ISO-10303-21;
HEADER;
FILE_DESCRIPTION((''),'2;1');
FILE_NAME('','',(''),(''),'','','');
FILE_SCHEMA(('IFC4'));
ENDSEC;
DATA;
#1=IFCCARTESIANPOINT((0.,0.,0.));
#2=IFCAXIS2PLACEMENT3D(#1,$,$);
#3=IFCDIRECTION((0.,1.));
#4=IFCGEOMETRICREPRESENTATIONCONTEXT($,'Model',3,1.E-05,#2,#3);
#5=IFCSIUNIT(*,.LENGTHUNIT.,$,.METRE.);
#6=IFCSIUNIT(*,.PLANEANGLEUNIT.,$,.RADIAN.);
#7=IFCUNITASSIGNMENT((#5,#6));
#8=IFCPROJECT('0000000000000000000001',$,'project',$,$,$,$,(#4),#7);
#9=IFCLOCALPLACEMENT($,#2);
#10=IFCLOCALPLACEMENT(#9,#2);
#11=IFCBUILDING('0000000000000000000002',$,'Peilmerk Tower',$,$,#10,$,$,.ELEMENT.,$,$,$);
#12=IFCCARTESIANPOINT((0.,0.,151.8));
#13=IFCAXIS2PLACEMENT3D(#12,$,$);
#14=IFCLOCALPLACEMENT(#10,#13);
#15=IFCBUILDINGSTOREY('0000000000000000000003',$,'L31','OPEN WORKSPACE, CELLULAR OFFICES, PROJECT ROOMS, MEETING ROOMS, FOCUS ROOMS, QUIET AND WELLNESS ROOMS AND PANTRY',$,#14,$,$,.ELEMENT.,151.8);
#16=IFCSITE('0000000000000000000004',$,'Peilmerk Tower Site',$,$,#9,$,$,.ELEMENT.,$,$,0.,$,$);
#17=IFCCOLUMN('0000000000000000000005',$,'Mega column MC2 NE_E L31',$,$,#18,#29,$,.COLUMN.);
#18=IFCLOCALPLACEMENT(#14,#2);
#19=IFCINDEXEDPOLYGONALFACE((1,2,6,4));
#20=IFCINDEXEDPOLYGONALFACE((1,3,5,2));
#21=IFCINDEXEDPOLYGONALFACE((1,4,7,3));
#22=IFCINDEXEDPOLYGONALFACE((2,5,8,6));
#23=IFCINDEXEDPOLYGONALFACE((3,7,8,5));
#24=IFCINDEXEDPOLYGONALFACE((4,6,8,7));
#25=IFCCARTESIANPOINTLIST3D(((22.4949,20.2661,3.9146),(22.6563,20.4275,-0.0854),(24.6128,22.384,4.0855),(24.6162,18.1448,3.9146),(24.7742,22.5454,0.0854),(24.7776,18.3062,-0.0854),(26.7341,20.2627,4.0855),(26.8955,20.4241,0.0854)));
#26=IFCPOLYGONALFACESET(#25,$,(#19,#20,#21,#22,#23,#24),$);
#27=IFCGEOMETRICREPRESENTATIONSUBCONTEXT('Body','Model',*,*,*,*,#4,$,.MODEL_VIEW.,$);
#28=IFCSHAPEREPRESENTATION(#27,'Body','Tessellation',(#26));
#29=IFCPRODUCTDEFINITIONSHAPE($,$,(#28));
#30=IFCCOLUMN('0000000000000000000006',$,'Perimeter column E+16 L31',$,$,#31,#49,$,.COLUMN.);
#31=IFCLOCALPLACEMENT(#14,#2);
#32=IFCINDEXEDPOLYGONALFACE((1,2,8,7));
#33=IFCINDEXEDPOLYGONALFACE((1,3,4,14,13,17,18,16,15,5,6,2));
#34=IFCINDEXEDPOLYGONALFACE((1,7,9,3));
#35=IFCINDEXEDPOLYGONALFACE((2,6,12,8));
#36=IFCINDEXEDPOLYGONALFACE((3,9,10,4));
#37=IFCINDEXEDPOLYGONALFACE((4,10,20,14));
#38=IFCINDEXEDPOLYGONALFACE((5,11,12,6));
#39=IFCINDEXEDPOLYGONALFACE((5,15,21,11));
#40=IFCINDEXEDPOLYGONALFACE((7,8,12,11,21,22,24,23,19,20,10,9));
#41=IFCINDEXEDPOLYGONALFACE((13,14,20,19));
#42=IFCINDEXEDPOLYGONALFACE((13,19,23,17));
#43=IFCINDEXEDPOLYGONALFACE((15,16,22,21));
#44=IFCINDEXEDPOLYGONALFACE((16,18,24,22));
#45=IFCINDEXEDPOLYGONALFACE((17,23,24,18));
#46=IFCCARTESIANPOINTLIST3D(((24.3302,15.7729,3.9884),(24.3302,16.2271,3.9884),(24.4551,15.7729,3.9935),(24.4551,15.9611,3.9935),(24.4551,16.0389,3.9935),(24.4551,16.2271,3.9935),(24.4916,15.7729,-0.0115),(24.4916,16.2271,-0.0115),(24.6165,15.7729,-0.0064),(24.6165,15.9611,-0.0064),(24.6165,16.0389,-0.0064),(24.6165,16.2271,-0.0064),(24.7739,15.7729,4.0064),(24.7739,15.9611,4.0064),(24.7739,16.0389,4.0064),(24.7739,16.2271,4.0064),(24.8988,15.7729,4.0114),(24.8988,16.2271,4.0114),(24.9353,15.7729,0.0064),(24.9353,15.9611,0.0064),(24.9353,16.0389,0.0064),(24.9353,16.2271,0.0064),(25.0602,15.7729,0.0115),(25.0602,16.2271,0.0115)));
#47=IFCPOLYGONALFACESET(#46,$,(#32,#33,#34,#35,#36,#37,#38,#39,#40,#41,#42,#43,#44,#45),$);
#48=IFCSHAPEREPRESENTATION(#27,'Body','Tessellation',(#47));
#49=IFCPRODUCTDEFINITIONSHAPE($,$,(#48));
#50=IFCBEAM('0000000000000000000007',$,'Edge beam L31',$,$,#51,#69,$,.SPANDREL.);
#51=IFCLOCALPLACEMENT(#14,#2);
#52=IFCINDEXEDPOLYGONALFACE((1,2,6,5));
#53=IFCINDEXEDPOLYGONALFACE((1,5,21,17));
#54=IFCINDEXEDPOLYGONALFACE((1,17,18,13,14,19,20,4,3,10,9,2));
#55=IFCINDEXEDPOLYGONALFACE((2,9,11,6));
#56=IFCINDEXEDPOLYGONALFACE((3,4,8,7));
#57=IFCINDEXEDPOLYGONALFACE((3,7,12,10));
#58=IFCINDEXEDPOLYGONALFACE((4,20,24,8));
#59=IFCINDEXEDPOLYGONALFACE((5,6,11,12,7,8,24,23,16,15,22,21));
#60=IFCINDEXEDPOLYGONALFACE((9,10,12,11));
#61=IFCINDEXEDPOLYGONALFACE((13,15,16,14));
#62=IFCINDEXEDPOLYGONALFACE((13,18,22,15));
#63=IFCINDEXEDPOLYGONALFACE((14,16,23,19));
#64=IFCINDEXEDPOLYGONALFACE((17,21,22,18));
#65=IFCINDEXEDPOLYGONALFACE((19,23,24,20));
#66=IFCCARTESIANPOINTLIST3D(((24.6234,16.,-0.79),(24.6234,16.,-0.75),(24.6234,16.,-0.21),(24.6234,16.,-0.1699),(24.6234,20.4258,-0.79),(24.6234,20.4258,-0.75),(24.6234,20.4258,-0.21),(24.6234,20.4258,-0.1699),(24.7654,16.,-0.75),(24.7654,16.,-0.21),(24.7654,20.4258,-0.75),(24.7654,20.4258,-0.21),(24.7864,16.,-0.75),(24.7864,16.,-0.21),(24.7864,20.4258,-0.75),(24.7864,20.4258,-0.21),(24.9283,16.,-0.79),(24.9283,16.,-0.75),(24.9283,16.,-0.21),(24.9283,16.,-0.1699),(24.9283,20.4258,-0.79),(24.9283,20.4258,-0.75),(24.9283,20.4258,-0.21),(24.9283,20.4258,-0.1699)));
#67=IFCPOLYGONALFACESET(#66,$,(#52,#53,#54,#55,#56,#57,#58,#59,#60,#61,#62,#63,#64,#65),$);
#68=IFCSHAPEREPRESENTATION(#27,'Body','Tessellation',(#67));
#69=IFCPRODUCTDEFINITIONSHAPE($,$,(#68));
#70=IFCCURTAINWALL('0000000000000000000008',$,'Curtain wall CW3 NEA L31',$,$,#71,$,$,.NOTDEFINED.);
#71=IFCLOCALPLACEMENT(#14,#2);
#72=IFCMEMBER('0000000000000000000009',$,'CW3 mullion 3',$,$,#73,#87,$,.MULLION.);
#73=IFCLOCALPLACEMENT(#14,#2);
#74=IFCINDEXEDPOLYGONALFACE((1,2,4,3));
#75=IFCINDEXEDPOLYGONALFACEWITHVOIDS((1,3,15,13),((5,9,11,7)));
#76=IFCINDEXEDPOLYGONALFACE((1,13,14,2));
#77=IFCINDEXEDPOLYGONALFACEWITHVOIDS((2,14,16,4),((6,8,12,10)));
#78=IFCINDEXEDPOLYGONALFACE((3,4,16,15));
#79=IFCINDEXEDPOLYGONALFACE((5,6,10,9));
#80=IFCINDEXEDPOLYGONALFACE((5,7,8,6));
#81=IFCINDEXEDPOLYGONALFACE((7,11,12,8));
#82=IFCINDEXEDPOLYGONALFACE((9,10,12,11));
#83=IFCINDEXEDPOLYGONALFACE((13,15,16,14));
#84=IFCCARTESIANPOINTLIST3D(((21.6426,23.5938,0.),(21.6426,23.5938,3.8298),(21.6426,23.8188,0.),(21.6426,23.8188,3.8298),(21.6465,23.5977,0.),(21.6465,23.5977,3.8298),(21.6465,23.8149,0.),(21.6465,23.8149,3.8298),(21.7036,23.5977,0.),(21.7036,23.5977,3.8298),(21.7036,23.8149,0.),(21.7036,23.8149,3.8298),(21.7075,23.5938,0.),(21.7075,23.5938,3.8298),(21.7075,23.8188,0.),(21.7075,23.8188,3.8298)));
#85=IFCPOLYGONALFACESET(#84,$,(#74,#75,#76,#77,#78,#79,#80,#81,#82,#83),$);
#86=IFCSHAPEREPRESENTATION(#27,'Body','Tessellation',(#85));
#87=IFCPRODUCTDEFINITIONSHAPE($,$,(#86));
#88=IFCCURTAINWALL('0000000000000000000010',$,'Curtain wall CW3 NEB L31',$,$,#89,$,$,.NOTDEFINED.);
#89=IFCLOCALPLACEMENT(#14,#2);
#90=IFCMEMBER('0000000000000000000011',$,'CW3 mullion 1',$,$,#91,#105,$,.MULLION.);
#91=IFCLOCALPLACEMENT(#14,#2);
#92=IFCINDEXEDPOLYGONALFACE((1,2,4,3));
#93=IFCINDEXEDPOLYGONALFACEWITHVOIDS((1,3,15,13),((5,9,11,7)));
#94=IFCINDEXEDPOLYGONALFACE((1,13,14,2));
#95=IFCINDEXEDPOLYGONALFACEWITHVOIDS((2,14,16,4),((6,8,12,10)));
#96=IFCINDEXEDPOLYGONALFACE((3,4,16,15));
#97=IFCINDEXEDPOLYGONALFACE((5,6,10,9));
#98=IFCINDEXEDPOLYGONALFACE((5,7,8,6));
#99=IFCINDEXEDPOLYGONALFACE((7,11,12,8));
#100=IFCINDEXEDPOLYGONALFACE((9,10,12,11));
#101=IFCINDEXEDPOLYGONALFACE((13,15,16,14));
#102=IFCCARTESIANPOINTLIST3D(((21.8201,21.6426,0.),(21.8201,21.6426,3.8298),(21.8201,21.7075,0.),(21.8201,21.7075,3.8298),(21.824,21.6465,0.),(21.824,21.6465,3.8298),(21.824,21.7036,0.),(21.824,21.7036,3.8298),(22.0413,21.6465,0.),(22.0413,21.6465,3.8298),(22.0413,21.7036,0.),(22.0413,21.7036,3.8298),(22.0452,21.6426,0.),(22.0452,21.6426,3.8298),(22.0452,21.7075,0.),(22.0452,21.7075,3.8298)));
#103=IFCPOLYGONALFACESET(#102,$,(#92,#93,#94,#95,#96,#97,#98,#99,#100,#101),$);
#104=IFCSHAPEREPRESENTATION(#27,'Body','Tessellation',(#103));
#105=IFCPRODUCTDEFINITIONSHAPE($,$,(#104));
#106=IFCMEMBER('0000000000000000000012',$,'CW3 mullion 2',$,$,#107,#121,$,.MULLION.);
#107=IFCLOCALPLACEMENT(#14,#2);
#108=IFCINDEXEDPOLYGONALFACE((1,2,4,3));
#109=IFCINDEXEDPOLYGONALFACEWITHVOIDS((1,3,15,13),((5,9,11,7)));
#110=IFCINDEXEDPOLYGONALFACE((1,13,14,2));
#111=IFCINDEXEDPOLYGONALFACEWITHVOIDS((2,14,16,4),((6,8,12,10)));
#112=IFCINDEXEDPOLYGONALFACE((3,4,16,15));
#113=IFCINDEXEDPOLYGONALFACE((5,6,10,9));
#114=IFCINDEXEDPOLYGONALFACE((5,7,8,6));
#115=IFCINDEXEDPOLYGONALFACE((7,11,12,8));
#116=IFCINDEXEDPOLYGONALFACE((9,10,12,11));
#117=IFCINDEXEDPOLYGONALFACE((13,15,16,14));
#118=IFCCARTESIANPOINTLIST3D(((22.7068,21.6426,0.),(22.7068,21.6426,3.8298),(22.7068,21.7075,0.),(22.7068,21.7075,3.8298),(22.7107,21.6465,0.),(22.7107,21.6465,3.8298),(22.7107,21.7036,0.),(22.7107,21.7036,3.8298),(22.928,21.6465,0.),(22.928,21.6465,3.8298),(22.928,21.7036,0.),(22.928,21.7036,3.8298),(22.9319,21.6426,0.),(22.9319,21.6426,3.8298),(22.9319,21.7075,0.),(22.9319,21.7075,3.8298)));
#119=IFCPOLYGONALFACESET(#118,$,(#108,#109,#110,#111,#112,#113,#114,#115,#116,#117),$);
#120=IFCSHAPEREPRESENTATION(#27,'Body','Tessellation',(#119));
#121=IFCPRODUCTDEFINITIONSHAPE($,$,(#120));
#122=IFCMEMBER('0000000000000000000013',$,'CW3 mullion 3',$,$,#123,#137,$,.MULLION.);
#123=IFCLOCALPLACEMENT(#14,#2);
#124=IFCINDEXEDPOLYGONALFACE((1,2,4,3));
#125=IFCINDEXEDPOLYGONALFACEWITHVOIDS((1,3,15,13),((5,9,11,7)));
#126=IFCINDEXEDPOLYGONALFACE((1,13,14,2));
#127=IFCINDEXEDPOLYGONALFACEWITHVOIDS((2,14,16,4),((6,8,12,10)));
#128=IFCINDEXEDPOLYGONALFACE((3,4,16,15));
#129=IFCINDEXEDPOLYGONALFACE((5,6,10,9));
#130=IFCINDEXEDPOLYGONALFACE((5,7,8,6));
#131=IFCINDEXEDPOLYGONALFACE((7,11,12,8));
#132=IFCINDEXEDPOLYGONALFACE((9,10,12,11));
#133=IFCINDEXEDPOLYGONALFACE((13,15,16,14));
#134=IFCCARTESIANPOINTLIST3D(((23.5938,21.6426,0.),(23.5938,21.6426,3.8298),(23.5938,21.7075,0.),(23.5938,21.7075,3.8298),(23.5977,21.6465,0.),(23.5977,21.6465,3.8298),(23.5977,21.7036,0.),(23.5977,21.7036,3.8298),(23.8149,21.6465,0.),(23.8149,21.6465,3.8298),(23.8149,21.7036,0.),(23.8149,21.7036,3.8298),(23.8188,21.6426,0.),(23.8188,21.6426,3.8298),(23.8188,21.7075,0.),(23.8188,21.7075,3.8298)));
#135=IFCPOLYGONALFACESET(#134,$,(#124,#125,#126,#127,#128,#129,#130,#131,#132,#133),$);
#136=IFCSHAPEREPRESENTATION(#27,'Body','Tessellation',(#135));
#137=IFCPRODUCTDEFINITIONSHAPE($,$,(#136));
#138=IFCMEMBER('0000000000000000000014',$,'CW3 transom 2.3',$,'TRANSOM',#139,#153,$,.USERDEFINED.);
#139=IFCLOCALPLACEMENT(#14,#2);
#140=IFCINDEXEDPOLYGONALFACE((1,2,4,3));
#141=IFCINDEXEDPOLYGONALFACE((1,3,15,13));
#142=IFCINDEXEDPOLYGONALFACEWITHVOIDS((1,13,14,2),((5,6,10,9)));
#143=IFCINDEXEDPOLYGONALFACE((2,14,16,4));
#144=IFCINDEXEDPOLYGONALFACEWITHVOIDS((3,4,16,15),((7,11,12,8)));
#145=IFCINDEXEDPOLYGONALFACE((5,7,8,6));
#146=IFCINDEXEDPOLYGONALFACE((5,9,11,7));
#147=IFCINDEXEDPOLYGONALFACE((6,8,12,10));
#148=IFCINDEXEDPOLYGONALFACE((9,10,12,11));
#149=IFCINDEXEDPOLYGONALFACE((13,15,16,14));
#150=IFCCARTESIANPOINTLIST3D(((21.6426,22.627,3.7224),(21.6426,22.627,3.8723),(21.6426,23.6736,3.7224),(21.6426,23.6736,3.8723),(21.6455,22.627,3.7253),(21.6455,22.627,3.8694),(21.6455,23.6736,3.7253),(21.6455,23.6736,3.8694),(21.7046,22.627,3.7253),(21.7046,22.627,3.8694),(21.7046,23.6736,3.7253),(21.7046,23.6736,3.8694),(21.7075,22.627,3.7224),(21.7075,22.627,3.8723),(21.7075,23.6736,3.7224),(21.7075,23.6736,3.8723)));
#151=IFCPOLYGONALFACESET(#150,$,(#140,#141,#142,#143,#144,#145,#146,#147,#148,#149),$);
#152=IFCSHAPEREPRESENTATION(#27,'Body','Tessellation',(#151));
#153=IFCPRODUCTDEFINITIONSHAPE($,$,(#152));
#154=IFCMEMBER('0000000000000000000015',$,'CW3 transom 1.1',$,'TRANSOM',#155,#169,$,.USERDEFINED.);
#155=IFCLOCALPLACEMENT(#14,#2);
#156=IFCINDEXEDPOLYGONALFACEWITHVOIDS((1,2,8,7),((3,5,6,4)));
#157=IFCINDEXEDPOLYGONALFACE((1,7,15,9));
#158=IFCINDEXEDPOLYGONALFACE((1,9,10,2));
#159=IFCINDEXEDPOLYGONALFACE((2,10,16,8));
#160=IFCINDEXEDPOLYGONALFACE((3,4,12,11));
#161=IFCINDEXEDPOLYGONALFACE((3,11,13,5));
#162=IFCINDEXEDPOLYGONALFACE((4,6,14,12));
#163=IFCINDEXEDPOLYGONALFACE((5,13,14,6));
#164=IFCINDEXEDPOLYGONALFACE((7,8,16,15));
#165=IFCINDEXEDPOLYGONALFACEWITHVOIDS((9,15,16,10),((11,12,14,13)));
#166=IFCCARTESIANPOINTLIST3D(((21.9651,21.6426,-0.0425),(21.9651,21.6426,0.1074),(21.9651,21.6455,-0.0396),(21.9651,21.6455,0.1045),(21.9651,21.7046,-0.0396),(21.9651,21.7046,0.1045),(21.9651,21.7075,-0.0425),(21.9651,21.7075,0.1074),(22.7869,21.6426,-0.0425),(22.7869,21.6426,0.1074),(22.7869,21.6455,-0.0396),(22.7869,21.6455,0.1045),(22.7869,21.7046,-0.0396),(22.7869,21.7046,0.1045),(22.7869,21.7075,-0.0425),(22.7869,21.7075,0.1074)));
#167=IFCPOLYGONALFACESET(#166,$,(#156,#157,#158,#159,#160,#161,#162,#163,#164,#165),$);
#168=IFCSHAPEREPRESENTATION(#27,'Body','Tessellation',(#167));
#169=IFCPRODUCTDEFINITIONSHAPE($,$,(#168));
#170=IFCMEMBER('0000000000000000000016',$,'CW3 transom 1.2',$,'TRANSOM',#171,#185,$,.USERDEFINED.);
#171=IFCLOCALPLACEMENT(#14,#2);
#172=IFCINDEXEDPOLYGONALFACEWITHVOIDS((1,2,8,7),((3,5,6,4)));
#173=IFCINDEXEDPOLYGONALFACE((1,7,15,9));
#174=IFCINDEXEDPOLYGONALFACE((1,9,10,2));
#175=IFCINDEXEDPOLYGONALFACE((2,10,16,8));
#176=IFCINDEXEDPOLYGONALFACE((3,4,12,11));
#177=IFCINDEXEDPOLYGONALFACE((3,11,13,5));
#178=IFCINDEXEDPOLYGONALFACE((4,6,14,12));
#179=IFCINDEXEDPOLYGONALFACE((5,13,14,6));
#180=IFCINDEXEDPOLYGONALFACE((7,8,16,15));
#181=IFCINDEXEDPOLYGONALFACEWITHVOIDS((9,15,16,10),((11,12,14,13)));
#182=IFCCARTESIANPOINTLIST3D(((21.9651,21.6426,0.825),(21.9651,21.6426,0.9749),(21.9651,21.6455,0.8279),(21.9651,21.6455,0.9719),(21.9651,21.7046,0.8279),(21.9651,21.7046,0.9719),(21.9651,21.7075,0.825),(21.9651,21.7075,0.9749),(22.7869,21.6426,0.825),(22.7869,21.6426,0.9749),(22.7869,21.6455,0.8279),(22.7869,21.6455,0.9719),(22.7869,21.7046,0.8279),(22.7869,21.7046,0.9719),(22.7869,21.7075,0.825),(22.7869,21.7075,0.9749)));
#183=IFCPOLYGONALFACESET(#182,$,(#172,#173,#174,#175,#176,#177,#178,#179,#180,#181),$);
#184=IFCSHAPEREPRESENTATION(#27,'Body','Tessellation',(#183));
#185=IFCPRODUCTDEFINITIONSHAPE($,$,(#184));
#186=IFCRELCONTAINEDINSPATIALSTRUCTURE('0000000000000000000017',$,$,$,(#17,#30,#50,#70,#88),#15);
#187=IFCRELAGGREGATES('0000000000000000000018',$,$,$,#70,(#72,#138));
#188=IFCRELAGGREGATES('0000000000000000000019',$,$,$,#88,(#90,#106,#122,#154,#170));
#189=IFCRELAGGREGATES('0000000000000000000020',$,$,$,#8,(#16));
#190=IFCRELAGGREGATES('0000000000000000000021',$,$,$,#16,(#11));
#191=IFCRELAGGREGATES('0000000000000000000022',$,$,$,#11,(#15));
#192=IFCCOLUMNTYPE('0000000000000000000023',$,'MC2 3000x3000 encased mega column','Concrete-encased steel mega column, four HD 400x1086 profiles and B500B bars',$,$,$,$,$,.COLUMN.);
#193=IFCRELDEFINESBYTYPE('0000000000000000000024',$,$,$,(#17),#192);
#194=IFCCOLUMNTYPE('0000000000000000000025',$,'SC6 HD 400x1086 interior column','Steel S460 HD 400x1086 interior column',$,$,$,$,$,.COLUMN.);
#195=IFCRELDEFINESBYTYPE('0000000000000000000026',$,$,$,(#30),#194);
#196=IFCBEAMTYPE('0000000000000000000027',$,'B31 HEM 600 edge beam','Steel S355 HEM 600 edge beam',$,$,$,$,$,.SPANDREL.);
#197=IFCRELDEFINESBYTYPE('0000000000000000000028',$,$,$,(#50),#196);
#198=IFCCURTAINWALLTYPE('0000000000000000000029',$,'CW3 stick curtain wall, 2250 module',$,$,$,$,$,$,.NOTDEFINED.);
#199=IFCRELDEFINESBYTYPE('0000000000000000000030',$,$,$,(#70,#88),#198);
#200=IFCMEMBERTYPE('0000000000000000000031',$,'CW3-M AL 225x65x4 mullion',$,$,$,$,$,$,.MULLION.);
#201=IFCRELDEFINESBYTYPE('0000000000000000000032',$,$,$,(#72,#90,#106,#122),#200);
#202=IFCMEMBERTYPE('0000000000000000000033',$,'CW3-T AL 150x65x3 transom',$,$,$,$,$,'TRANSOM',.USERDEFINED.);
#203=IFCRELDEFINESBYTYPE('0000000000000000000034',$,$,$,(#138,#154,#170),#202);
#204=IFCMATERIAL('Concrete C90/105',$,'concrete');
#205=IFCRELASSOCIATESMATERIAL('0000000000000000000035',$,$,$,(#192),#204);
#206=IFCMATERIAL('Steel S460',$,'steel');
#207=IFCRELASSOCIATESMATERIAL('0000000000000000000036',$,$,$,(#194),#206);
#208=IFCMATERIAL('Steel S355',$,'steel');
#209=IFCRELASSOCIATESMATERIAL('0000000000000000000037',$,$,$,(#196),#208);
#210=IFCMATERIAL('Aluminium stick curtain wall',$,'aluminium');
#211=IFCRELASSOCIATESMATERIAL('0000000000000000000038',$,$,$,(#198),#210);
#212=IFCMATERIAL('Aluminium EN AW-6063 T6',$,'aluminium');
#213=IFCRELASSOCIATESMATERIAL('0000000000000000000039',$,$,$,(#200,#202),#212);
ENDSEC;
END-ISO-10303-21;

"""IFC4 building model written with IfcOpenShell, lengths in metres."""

from ifc_helpers import new_model, si_unit, direction, frame, origin, origin_2d, place, context, subcontext, project, spatial, rectangle, hollow_rectangle, i_section, extrude, material, material_profile, profile_set, type_object, element, aggregate, save


model = new_model("IFC4")

# Units and contexts
model_context = context("Model", 3, precision=1e-05, world=origin(), true_north=direction((0.0, 1.0)))
body_context = subcontext(model_context, "Body", "Model", "MODEL_VIEW")
ifc_project = project(units=[si_unit("LENGTHUNIT", "METRE"), si_unit("PLANEANGLEUNIT", "RADIAN")], contexts=[model_context])

# Site, building, storey
site_placement = place(None, origin())
site = spatial("IfcSite", under=ifc_project, at=site_placement, Name="Peilmerk Tower Site", CompositionType="ELEMENT", RefElevation=0.0)
building_placement = place(site_placement, origin())
building = spatial("IfcBuilding", under=site, at=building_placement, Name="Peilmerk Tower", CompositionType="ELEMENT")
storey_placement = place(building_placement, frame((0.0, 0.0, 151.8)))
storey = spatial("IfcBuildingStorey", under=building, at=storey_placement, Name="L31", Description="OPEN WORKSPACE, CELLULAR OFFICES, PROJECT ROOMS, MEETING ROOMS, FOCUS ROOMS, QUIET AND WELLNESS ROOMS AND PANTRY", CompositionType="ELEMENT", Elevation=151.8)

# Columns
ifc_material_1 = material(Name="Concrete C90/105", Category="concrete")
ifc_material_profile_1 = material_profile(ifc_material_1, rectangle(XDim=3.0, YDim=3.0, at=origin_2d()), Name="RC 3000x3000")
ifc_profile_set_1 = profile_set([ifc_material_profile_1], Name="Concrete C90/105")
column_type_1 = type_object("IfcColumnType", Name="MC2 3000x3000 encased mega column", Description="Concrete-encased steel mega column, four HD 400x1086 profiles and B500B bars", PredefinedType="COLUMN", material=ifc_profile_set_1)
column_1_placement = place(storey_placement, frame((24.7759, 20.4258, 0.0), z_axis=(-0.040279, -0.040279, 0.998376), x_axis=(0.707107, -0.707107, 0.0)))
element("IfcColumn", 1, at=column_1_placement, inside=storey, type_object=column_type_1, Name="Mega column MC2 NE_E L31", PredefinedType="COLUMN", context=body_context, shape_type="SweptSolid", body=[
    extrude(rectangle(XDim=3.0, YDim=3.0, at=origin_2d()), origin(), (0.0, 0.0, 1.0), 4.0066),
])
ifc_material_2 = material(Name="Steel S460", Category="steel")
ifc_material_profile_2 = material_profile(ifc_material_2, i_section(OverallWidth=0.4541, OverallDepth=0.5691, WebThickness=0.0779, FlangeThickness=0.125, at=origin_2d()), Name="HD 400x1086")
ifc_profile_set_2 = profile_set([ifc_material_profile_2], Name="Steel S460")
column_type_2 = type_object("IfcColumnType", Name="SC6 HD 400x1086 interior column", Description="Steel S460 HD 400x1086 interior column", PredefinedType="COLUMN", material=ifc_profile_set_2)
column_2_placement = place(storey_placement, frame((24.7759, 16.0, 0.0), z_axis=(-0.040311, 0.0, 0.999187), x_axis=(0.0, -1.0, 0.0)))
element("IfcColumn", 2, at=column_2_placement, inside=storey, type_object=column_type_2, Name="Perimeter column E+16 L31", PredefinedType="COLUMN", context=body_context, shape_type="SweptSolid", body=[
    extrude(i_section(OverallWidth=0.4541, OverallDepth=0.5691, WebThickness=0.0779, FlangeThickness=0.125, at=origin_2d()), origin(), (0.0, 0.0, 1.0), 4.0032),
])

# Beam
ifc_material_3 = material(Name="Steel S355", Category="steel")
ifc_material_profile_3 = material_profile(ifc_material_3, i_section(OverallWidth=0.3049, OverallDepth=0.6201, WebThickness=0.021, FlangeThickness=0.04, at=origin_2d()), Name="HEM 600")
ifc_profile_set_3 = profile_set([ifc_material_profile_3], Name="Steel S355")
beam_type = type_object("IfcBeamType", Name="B31 HEM 600 edge beam", Description="Steel S355 HEM 600 edge beam", PredefinedType="SPANDREL", material=ifc_profile_set_3)
beam_placement = place(storey_placement, frame((24.7759, 16.0, -0.48), z_axis=(0.0, 1.0, 0.0), x_axis=(-1.0, 0.0, 0.0)))
element("IfcBeam", 3, at=beam_placement, inside=storey, type_object=beam_type, Name="Edge beam L31", PredefinedType="SPANDREL", context=body_context, shape_type="SweptSolid", body=[
    extrude(i_section(OverallWidth=0.3049, OverallDepth=0.6201, WebThickness=0.021, FlangeThickness=0.04, at=origin_2d()), origin(), (0.0, 0.0, 1.0), 4.4258),
])

# Curtain wall, member
ifc_material_4 = material(Name="Aluminium stick curtain wall", Category="aluminium")
curtain_wall_type = type_object("IfcCurtainWallType", Name="CW3 stick curtain wall, 2250 module", PredefinedType="NOTDEFINED", material=ifc_material_4)
curtain_wall_1_placement = place(storey_placement, origin())
curtain_wall_1 = element("IfcCurtainWall", 4, at=curtain_wall_1_placement, inside=storey, type_object=curtain_wall_type, Name="Curtain wall CW3 NEA L31", PredefinedType="NOTDEFINED")
ifc_material_5 = material(Name="Aluminium EN AW-6063 T6", Category="aluminium")
ifc_material_profile_4 = material_profile(ifc_material_5, hollow_rectangle(XDim=0.0649, YDim=0.2251, WallThickness=0.0039, at=origin_2d()), Name="AL 225x65x4")
ifc_profile_set_4 = profile_set([ifc_material_profile_4], Name="Aluminium EN AW-6063 T6")
member_type_1 = type_object("IfcMemberType", Name="CW3-M AL 225x65x4 mullion", PredefinedType="MULLION", material=ifc_profile_set_4)
member_1_placement = place(storey_placement, frame((21.675, 23.7063, 0.0), z_axis=(0.0, 0.0, 1.0), x_axis=(-1.0, 0.0, 0.0)))
member_1 = element("IfcMember", 5, at=member_1_placement, type_object=member_type_1, Name="CW3 mullion 3", PredefinedType="MULLION", context=body_context, shape_type="SweptSolid", body=[
    extrude(hollow_rectangle(XDim=0.0649, YDim=0.2251, WallThickness=0.0039, at=origin_2d()), origin(), (0.0, 0.0, 1.0), 3.8298),
])

# Curtain wall, members
curtain_wall_2_placement = place(storey_placement, origin())
curtain_wall_2 = element("IfcCurtainWall", 6, at=curtain_wall_2_placement, inside=storey, type_object=curtain_wall_type, Name="Curtain wall CW3 NEB L31", PredefinedType="NOTDEFINED")
member_2_placement = place(storey_placement, frame((21.9326, 21.675, 0.0), z_axis=(0.0, 0.0, 1.0), x_axis=(0.0, 1.0, 0.0)))
member_2 = element("IfcMember", 7, at=member_2_placement, type_object=member_type_1, Name="CW3 mullion 1", PredefinedType="MULLION", context=body_context, shape_type="SweptSolid", body=[
    extrude(hollow_rectangle(XDim=0.0649, YDim=0.2251, WallThickness=0.0039, at=origin_2d()), origin(), (0.0, 0.0, 1.0), 3.8298),
])
member_3_placement = place(storey_placement, frame((22.8193, 21.675, 0.0), z_axis=(0.0, 0.0, 1.0), x_axis=(0.0, 1.0, 0.0)))
member_3 = element("IfcMember", 8, at=member_3_placement, type_object=member_type_1, Name="CW3 mullion 2", PredefinedType="MULLION", context=body_context, shape_type="SweptSolid", body=[
    extrude(hollow_rectangle(XDim=0.0649, YDim=0.2251, WallThickness=0.0039, at=origin_2d()), origin(), (0.0, 0.0, 1.0), 3.8298),
])
member_4_placement = place(storey_placement, frame((23.7063, 21.675, 0.0), z_axis=(0.0, 0.0, 1.0), x_axis=(0.0, 1.0, 0.0)))
member_4 = element("IfcMember", 9, at=member_4_placement, type_object=member_type_1, Name="CW3 mullion 3", PredefinedType="MULLION", context=body_context, shape_type="SweptSolid", body=[
    extrude(hollow_rectangle(XDim=0.0649, YDim=0.2251, WallThickness=0.0039, at=origin_2d()), origin(), (0.0, 0.0, 1.0), 3.8298),
])

# Members
ifc_material_profile_5 = material_profile(ifc_material_5, hollow_rectangle(XDim=0.0649, YDim=0.1499, WallThickness=0.0029, at=origin_2d()), Name="AL 150x65x3")
ifc_profile_set_5 = profile_set([ifc_material_profile_5], Name="Aluminium EN AW-6063 T6")
member_type_2 = type_object("IfcMemberType", Name="CW3-T AL 150x65x3 transom", ElementType="TRANSOM", PredefinedType="USERDEFINED", material=ifc_profile_set_5)
member_5_placement = place(storey_placement, frame((21.675, 22.627, 3.7974), z_axis=(0.0, 1.0, 0.0), x_axis=(-1.0, 0.0, 0.0)))
member_5 = element("IfcMember", 10, at=member_5_placement, type_object=member_type_2, Name="CW3 transom 2.3", ObjectType="TRANSOM", PredefinedType="USERDEFINED", context=body_context, shape_type="SweptSolid", body=[
    extrude(hollow_rectangle(XDim=0.0649, YDim=0.1499, WallThickness=0.0029, at=origin_2d()), origin(), (0.0, 0.0, 1.0), 1.0466),
])
member_6_placement = place(storey_placement, frame((21.9651, 21.675, 0.0325), z_axis=(1.0, 0.0, 0.0), x_axis=(0.0, 1.0, 0.0)))
member_6 = element("IfcMember", 11, at=member_6_placement, type_object=member_type_2, Name="CW3 transom 1.1", ObjectType="TRANSOM", PredefinedType="USERDEFINED", context=body_context, shape_type="SweptSolid", body=[
    extrude(hollow_rectangle(XDim=0.0649, YDim=0.1499, WallThickness=0.0029, at=origin_2d()), origin(), (0.0, 0.0, 1.0), 0.8218),
])
member_7_placement = place(storey_placement, frame((21.9651, 21.675, 0.8999), z_axis=(1.0, 0.0, 0.0), x_axis=(0.0, 1.0, 0.0)))
member_7 = element("IfcMember", 12, at=member_7_placement, type_object=member_type_2, Name="CW3 transom 1.2", ObjectType="TRANSOM", PredefinedType="USERDEFINED", context=body_context, shape_type="SweptSolid", body=[
    extrude(hollow_rectangle(XDim=0.0649, YDim=0.1499, WallThickness=0.0029, at=origin_2d()), origin(), (0.0, 0.0, 1.0), 0.8218),
])

aggregate(curtain_wall_1, [member_1, member_5])
aggregate(curtain_wall_2, [member_2, member_3, member_4, member_6, member_7])

save(model, "model.ifc")
